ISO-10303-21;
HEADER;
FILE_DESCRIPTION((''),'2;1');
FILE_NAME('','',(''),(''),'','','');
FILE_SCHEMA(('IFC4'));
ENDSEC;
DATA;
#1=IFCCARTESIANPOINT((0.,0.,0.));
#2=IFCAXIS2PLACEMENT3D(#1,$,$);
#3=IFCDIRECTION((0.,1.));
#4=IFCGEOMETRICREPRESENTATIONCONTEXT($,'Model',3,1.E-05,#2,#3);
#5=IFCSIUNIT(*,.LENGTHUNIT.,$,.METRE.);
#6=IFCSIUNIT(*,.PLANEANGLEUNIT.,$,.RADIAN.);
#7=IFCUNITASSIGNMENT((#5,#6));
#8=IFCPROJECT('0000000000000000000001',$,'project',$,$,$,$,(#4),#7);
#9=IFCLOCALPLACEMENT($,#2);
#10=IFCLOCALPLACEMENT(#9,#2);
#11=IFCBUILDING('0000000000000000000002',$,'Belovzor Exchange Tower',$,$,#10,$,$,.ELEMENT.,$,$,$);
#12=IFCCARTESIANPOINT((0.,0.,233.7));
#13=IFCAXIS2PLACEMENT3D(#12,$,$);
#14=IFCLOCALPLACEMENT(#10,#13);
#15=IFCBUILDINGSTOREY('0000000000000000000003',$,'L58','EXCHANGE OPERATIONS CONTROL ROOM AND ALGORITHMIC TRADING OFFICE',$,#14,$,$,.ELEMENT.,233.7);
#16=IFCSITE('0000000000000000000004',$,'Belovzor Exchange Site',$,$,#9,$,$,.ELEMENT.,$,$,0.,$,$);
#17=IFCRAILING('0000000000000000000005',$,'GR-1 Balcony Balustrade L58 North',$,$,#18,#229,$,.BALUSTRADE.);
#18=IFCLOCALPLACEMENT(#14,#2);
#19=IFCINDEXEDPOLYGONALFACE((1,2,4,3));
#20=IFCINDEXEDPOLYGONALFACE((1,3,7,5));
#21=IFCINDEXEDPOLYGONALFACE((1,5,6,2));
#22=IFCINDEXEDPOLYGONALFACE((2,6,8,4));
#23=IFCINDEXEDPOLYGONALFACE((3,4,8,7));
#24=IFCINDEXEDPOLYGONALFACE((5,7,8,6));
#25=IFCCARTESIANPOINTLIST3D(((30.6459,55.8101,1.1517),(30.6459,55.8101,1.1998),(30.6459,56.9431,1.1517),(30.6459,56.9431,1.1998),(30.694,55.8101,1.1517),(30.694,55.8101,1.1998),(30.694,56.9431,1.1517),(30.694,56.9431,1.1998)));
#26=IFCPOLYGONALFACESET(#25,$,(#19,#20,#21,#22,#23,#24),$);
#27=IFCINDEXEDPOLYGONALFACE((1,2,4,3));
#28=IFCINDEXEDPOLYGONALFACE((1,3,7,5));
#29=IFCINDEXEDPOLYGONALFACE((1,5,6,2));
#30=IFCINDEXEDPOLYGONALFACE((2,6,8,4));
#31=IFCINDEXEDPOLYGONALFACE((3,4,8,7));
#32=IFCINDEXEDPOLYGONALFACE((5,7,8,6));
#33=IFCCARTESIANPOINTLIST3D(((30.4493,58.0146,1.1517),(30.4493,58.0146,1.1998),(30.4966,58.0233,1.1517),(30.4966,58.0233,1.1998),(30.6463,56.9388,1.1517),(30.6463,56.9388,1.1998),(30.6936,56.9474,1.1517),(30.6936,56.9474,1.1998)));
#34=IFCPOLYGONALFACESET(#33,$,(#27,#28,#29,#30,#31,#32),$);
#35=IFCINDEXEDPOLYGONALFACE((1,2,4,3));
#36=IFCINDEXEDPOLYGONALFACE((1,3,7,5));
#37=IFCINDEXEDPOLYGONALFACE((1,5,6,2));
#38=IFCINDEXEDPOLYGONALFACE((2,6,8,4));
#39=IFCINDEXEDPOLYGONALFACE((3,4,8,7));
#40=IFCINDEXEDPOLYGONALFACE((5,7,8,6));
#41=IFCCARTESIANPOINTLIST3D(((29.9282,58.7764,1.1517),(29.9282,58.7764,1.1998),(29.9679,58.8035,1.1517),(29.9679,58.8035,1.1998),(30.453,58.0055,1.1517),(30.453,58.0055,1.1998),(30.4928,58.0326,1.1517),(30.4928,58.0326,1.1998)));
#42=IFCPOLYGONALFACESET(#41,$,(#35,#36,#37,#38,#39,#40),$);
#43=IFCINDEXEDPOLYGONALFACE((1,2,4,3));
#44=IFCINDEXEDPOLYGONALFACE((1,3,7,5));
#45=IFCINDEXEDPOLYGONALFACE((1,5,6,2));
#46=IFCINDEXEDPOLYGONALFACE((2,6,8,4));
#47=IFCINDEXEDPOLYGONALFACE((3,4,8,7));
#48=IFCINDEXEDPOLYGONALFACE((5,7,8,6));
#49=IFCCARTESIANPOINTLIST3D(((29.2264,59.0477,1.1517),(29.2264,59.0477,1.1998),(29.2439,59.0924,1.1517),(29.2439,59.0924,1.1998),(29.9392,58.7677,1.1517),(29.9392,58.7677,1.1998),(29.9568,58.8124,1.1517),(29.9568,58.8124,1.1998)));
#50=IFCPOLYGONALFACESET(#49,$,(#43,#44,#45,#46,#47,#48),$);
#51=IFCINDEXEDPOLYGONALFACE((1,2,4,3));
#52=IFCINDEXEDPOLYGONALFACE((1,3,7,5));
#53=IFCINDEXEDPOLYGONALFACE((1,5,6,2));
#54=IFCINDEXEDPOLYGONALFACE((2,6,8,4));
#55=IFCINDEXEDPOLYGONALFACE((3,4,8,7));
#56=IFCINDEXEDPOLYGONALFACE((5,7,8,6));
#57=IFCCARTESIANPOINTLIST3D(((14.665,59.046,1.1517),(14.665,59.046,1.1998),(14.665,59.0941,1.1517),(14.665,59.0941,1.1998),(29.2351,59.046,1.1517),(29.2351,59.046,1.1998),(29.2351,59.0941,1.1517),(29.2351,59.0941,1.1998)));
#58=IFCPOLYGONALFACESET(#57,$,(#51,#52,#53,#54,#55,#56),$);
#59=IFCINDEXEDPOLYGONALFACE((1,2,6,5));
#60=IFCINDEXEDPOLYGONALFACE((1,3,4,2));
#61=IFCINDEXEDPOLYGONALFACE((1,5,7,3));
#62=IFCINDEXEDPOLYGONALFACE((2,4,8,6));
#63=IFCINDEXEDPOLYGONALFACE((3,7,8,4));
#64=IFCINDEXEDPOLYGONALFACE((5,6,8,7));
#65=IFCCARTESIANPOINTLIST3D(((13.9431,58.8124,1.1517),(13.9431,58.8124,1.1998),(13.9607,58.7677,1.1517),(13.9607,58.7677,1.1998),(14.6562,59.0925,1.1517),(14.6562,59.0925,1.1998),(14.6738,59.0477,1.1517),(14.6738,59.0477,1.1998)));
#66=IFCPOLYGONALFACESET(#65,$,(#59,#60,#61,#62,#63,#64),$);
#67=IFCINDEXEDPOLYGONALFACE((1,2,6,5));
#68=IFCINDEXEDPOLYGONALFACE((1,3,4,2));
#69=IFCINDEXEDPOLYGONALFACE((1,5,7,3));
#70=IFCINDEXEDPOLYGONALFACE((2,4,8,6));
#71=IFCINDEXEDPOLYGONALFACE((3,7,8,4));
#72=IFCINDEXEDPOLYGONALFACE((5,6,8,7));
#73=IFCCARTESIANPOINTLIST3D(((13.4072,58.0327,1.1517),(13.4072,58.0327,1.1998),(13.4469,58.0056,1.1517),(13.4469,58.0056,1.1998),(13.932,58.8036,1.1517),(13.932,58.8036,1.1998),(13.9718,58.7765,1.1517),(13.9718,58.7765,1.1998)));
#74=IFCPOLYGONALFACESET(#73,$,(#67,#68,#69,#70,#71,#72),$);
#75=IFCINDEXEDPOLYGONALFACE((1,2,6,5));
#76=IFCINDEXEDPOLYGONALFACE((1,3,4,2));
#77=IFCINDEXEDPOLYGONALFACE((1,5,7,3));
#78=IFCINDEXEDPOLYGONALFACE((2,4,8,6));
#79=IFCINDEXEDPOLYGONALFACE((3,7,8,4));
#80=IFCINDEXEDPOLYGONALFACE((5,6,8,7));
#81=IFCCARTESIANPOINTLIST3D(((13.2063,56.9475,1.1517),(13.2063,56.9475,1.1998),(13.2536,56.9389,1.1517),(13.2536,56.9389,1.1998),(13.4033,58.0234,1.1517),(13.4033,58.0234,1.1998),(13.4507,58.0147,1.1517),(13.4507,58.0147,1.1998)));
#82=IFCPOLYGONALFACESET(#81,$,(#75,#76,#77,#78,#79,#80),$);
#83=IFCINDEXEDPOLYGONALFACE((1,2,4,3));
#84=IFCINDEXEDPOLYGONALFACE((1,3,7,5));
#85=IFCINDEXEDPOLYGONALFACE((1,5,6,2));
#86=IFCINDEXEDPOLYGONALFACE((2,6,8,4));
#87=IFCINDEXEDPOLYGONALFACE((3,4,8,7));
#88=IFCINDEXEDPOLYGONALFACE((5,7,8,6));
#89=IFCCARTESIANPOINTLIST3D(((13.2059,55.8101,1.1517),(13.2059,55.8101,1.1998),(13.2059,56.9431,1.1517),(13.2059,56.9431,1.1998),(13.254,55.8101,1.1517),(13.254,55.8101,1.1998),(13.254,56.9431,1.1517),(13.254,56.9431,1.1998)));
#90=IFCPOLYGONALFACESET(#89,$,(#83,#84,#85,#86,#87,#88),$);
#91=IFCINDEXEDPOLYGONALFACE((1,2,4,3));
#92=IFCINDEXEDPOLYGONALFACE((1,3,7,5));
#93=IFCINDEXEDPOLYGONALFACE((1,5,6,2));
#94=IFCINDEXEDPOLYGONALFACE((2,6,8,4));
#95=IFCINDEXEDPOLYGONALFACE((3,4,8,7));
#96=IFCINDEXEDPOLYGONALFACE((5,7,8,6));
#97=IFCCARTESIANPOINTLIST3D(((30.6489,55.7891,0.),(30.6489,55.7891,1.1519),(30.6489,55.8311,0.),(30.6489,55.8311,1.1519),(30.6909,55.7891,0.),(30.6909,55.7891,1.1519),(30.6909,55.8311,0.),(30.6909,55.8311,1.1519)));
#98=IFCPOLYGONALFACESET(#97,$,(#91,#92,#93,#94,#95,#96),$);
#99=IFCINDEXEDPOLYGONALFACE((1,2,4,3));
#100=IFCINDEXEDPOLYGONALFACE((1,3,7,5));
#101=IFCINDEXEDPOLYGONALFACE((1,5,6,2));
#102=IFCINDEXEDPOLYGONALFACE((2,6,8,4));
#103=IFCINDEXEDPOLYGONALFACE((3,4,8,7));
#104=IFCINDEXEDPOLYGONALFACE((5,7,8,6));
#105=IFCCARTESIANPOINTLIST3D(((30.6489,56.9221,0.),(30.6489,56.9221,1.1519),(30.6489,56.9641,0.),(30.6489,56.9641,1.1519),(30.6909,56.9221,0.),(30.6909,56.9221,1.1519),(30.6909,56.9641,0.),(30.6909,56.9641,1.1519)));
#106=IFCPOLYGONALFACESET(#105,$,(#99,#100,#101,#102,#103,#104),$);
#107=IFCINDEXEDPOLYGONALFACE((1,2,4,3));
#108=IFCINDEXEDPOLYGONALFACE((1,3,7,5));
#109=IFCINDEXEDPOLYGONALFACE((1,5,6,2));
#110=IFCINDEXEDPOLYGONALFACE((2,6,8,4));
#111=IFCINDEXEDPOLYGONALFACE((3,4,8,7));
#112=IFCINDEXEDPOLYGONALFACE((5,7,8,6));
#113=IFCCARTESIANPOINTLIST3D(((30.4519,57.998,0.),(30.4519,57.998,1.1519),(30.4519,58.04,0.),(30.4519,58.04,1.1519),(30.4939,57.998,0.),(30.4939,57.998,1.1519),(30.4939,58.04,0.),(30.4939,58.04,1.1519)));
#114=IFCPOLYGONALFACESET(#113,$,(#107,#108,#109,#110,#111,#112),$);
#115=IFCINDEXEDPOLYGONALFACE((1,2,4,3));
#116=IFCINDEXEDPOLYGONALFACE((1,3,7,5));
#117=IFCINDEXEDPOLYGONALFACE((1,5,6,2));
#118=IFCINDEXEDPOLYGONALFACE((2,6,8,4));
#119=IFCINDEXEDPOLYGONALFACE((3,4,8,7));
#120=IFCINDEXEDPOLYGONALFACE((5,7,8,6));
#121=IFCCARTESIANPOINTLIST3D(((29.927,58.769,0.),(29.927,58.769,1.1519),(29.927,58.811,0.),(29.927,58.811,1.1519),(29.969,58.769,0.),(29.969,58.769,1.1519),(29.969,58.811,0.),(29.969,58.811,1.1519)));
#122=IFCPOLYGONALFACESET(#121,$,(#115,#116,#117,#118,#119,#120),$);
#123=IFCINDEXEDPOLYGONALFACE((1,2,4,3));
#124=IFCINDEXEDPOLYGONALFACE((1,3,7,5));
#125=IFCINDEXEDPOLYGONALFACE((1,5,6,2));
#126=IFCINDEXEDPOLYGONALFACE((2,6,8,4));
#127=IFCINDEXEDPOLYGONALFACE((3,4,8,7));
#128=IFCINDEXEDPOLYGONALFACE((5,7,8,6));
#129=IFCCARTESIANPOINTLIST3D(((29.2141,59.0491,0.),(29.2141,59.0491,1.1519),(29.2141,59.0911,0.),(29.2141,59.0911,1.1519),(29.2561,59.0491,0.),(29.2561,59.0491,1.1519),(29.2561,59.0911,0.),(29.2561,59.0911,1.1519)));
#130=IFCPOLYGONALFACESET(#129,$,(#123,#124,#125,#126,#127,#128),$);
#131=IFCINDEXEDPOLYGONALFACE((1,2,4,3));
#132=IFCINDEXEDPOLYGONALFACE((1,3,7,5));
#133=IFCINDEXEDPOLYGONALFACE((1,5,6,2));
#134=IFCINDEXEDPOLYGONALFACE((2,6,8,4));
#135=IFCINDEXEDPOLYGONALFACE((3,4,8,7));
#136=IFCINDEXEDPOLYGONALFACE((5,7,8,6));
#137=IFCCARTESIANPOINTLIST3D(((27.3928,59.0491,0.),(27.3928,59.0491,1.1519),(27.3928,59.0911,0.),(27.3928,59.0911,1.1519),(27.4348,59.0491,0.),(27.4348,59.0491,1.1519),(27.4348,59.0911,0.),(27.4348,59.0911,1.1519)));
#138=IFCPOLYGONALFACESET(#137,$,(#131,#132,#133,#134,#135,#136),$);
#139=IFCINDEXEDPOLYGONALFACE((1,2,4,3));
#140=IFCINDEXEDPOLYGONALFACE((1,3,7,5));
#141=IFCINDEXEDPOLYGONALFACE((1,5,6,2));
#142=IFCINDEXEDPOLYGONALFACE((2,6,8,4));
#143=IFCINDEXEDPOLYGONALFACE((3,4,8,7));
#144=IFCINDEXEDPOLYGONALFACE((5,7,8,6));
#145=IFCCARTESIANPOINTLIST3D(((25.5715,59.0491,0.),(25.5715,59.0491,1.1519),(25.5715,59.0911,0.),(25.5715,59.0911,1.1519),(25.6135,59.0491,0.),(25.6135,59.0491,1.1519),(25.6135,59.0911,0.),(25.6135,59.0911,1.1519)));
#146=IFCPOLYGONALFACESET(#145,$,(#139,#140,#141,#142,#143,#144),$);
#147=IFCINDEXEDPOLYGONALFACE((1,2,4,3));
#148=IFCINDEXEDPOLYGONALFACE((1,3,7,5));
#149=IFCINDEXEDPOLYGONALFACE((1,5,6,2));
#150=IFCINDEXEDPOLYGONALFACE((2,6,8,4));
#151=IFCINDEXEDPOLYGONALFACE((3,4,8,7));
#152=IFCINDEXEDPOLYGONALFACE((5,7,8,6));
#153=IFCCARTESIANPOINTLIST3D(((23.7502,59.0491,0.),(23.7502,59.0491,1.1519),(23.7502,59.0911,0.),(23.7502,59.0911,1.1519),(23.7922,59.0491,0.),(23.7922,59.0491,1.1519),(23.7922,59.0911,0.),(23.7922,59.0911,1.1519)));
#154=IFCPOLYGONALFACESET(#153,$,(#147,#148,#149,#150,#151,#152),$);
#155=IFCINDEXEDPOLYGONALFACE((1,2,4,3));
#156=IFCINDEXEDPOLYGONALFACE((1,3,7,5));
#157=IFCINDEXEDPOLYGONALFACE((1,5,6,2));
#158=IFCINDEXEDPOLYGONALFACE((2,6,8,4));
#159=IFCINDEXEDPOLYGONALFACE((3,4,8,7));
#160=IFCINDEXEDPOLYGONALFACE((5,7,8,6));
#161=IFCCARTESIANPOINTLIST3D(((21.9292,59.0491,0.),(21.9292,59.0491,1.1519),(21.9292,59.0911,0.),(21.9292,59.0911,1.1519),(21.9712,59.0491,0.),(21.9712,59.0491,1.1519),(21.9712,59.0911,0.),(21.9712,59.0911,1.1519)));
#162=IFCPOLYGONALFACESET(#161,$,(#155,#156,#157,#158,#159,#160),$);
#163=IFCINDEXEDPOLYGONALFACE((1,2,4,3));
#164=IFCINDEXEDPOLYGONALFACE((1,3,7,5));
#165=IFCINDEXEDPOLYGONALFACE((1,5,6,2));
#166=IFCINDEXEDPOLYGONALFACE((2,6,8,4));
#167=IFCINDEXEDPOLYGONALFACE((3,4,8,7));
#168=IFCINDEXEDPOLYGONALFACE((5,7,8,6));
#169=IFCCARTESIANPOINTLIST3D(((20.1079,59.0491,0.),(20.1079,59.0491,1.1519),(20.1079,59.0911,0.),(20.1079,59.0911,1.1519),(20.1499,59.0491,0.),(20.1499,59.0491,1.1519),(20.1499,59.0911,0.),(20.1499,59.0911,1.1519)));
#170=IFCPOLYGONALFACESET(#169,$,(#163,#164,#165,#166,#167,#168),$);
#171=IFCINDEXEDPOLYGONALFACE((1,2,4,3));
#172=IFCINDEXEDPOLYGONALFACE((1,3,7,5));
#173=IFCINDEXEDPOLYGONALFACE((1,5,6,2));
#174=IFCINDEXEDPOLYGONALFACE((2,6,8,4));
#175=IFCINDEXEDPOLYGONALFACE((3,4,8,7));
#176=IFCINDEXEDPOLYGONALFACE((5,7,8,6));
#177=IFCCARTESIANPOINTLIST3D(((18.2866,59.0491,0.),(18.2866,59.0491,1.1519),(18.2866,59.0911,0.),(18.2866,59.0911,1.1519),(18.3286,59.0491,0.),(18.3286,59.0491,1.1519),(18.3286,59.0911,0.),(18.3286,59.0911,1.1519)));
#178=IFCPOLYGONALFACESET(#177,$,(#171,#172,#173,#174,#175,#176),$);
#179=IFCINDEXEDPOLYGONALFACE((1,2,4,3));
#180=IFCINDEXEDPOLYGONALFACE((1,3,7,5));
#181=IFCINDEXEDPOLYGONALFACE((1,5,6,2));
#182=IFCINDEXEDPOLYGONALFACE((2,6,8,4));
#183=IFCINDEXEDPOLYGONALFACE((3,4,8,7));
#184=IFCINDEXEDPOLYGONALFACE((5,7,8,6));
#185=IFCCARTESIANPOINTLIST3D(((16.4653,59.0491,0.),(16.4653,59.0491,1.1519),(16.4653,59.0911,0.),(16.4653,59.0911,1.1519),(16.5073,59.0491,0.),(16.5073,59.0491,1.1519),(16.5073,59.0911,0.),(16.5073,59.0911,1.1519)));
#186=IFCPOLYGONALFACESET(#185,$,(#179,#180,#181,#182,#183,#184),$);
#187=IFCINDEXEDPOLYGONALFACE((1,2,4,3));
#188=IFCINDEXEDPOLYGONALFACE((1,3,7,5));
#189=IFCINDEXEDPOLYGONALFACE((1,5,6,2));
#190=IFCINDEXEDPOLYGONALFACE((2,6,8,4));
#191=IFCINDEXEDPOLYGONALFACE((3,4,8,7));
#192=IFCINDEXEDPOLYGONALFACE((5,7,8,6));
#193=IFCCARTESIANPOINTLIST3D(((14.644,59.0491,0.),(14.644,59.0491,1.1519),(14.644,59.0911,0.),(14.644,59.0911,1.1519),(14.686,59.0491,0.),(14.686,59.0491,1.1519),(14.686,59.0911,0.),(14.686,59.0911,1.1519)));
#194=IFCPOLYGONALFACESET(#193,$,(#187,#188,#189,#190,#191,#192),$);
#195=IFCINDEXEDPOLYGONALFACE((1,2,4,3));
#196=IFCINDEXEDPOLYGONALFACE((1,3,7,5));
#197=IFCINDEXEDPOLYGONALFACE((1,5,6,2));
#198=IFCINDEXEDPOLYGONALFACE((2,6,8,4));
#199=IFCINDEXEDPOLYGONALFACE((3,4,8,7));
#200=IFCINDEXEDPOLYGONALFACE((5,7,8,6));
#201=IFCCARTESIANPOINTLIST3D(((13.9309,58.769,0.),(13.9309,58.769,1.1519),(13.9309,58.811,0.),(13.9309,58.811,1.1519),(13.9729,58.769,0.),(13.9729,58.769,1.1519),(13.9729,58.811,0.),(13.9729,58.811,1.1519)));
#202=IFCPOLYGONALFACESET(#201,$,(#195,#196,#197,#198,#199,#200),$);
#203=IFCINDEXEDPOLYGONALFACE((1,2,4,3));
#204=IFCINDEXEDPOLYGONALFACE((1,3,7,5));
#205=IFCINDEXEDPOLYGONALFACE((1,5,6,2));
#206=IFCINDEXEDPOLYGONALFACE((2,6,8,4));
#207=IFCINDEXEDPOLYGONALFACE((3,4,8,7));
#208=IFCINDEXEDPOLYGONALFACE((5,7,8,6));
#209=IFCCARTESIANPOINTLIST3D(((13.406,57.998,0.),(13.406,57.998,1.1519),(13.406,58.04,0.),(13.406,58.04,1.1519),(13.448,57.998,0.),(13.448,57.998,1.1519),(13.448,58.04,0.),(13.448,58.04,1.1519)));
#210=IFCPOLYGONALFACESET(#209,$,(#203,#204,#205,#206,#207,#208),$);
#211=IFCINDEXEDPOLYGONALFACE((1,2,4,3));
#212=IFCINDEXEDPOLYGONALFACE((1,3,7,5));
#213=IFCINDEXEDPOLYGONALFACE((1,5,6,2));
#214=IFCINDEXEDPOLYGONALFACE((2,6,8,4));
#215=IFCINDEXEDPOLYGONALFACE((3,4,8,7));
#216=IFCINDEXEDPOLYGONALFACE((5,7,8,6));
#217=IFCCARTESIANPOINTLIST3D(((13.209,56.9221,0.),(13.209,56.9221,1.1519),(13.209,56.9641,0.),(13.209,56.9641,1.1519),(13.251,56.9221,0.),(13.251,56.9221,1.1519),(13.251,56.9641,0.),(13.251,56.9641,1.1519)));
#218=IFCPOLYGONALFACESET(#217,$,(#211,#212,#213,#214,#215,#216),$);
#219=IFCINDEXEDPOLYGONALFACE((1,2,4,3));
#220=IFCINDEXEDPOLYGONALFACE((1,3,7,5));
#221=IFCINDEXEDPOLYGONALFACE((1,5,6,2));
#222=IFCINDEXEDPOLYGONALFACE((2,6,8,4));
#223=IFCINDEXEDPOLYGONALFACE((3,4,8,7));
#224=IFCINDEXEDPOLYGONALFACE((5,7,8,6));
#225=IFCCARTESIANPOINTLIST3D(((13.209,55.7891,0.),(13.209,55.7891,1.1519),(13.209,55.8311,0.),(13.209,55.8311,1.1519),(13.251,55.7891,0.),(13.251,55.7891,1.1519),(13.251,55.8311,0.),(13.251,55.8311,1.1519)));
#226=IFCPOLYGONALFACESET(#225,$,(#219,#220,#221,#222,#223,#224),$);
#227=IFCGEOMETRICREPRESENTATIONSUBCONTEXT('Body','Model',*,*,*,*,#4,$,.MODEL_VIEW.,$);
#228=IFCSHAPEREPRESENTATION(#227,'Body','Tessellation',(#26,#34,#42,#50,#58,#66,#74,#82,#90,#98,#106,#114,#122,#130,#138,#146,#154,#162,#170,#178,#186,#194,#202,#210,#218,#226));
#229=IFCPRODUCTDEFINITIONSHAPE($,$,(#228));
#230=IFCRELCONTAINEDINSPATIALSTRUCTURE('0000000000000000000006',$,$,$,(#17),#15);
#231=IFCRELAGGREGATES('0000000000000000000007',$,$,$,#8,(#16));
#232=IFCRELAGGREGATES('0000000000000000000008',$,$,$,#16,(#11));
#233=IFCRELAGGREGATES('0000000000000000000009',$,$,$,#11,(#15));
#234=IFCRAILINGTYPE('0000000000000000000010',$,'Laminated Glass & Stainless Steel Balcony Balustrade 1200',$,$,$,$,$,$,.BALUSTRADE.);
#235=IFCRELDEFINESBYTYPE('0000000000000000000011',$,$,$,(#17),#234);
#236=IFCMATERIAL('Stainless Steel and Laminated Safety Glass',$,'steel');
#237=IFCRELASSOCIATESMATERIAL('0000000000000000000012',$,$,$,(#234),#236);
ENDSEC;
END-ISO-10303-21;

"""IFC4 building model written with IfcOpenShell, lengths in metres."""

from ifc_helpers import new_model, si_unit, direction, frame, origin, origin_2d, place, context, subcontext, project, spatial, rectangle, extrude, material, type_object, element, save


model = new_model("IFC4")

# Units and contexts
model_context = context("Model", 3, precision=1e-05, world=origin(), true_north=direction((0.0, 1.0)))
body_context = subcontext(model_context, "Body", "Model", "MODEL_VIEW")
ifc_project = project(units=[si_unit("LENGTHUNIT", "METRE"), si_unit("PLANEANGLEUNIT", "RADIAN")], contexts=[model_context])

# Site, building, storey
site_placement = place(None, origin())
site = spatial("IfcSite", under=ifc_project, at=site_placement, Name="Belovzor Exchange Site", CompositionType="ELEMENT", RefElevation=0.0)
building_placement = place(site_placement, origin())
building = spatial("IfcBuilding", under=site, at=building_placement, Name="Belovzor Exchange Tower", CompositionType="ELEMENT")
storey_placement = place(building_placement, frame((0.0, 0.0, 233.7)))
storey = spatial("IfcBuildingStorey", under=building, at=storey_placement, Name="L58", Description="EXCHANGE OPERATIONS CONTROL ROOM AND ALGORITHMIC TRADING OFFICE", CompositionType="ELEMENT", Elevation=233.7)

# Railing
ifc_material_1 = material(Name="Stainless Steel and Laminated Safety Glass", Category="steel")
railing_type = type_object("IfcRailingType", Name="Laminated Glass & Stainless Steel Balcony Balustrade 1200", PredefinedType="BALUSTRADE", material=ifc_material_1)
railing_placement = place(storey_placement, frame((30.6699, 55.8101, 0.0)))
element("IfcRailing", 1, at=railing_placement, inside=storey, type_object=railing_type, Name="GR-1 Balcony Balustrade L58 North", PredefinedType="BALUSTRADE", context=body_context, shape_type="SweptSolid", body=[
    extrude(rectangle(XDim=0.0481, YDim=0.0481, at=origin_2d()), frame((0.0, 0.0, 1.1758), z_axis=(0.0, 1.0, 0.0), x_axis=(-1.0, 0.0, 0.0)), (0.0, 0.0, 1.0), 1.1331),
    extrude(rectangle(XDim=0.0481, YDim=0.0481, at=origin_2d()), frame((0.0, 1.1331, 1.1758), z_axis=(-0.180123, 0.983644, 0.0), x_axis=(-0.983644, -0.180123, 0.0)), (0.0, 0.0, 1.0), 1.0938),
    extrude(rectangle(XDim=0.0481, YDim=0.0481, at=origin_2d()), frame((-0.197, 2.209, 1.1758), z_axis=(-0.562768, 0.826615, 0.0), x_axis=(-0.826615, -0.562768, 0.0)), (0.0, 0.0, 1.0), 0.9326),
    extrude(rectangle(XDim=0.0481, YDim=0.0481, at=origin_2d()), frame((-0.7219, 2.98, 1.1758), z_axis=(-0.930767, 0.365613, 0.0), x_axis=(-0.365613, -0.930767, 0.0)), (0.0, 0.0, 1.0), 0.7659),
    extrude(rectangle(XDim=0.0481, YDim=0.0481, at=origin_2d()), frame((-1.4348, 3.26, 1.1758), z_axis=(-1.0, 0.0, 0.0), x_axis=(0.0, -1.0, 0.0)), (0.0, 0.0, 1.0), 14.5701),
    extrude(rectangle(XDim=0.0481, YDim=0.0481, at=origin_2d()), frame((-16.0049, 3.26, 1.1758), z_axis=(-0.93081, -0.365504, 0.0), x_axis=(0.365504, -0.93081, 0.0)), (0.0, 0.0, 1.0), 0.7661),
    extrude(rectangle(XDim=0.0481, YDim=0.0481, at=origin_2d()), frame((-16.718, 2.98, 1.1758), z_axis=(-0.562768, -0.826615, 0.0), x_axis=(0.826615, -0.562768, 0.0)), (0.0, 0.0, 1.0), 0.9326),
    extrude(rectangle(XDim=0.0481, YDim=0.0481, at=origin_2d()), frame((-17.2429, 2.209, 1.1758), z_axis=(-0.180123, -0.983644, 0.0), x_axis=(0.983644, -0.180123, 0.0)), (0.0, 0.0, 1.0), 1.0938),
    extrude(rectangle(XDim=0.0481, YDim=0.0481, at=origin_2d()), frame((-17.4399, 1.1331, 1.1758), z_axis=(0.0, -1.0, 0.0), x_axis=(1.0, 0.0, 0.0)), (0.0, 0.0, 1.0), 1.1331),
    extrude(rectangle(XDim=0.042, YDim=0.042, at=origin_2d()), origin(), (0.0, 0.0, 1.0), 1.1519),
    extrude(rectangle(XDim=0.042, YDim=0.042, at=origin_2d()), frame((0.0, 1.1331, 0.0)), (0.0, 0.0, 1.0), 1.1519),
    extrude(rectangle(XDim=0.042, YDim=0.042, at=origin_2d()), frame((-0.197, 2.209, 0.0)), (0.0, 0.0, 1.0), 1.1519),
    extrude(rectangle(XDim=0.042, YDim=0.042, at=origin_2d()), frame((-0.7219, 2.98, 0.0)), (0.0, 0.0, 1.0), 1.1519),
    extrude(rectangle(XDim=0.042, YDim=0.042, at=origin_2d()), frame((-1.4348, 3.26, 0.0)), (0.0, 0.0, 1.0), 1.1519),
    extrude(rectangle(XDim=0.042, YDim=0.042, at=origin_2d()), frame((-3.2561, 3.26, 0.0)), (0.0, 0.0, 1.0), 1.1519),
    extrude(rectangle(XDim=0.042, YDim=0.042, at=origin_2d()), frame((-5.0774, 3.26, 0.0)), (0.0, 0.0, 1.0), 1.1519),
    extrude(rectangle(XDim=0.042, YDim=0.042, at=origin_2d()), frame((-6.8987, 3.26, 0.0)), (0.0, 0.0, 1.0), 1.1519),
    extrude(rectangle(XDim=0.042, YDim=0.042, at=origin_2d()), frame((-8.7197, 3.26, 0.0)), (0.0, 0.0, 1.0), 1.1519),
    extrude(rectangle(XDim=0.042, YDim=0.042, at=origin_2d()), frame((-10.541, 3.26, 0.0)), (0.0, 0.0, 1.0), 1.1519),
    extrude(rectangle(XDim=0.042, YDim=0.042, at=origin_2d()), frame((-12.3623, 3.26, 0.0)), (0.0, 0.0, 1.0), 1.1519),
    extrude(rectangle(XDim=0.042, YDim=0.042, at=origin_2d()), frame((-14.1836, 3.26, 0.0)), (0.0, 0.0, 1.0), 1.1519),
    extrude(rectangle(XDim=0.042, YDim=0.042, at=origin_2d()), frame((-16.0049, 3.26, 0.0)), (0.0, 0.0, 1.0), 1.1519),
    extrude(rectangle(XDim=0.042, YDim=0.042, at=origin_2d()), frame((-16.718, 2.98, 0.0)), (0.0, 0.0, 1.0), 1.1519),
    extrude(rectangle(XDim=0.042, YDim=0.042, at=origin_2d()), frame((-17.2429, 2.209, 0.0)), (0.0, 0.0, 1.0), 1.1519),
    extrude(rectangle(XDim=0.042, YDim=0.042, at=origin_2d()), frame((-17.4399, 1.1331, 0.0)), (0.0, 0.0, 1.0), 1.1519),
    extrude(rectangle(XDim=0.042, YDim=0.042, at=origin_2d()), frame((-17.4399, 0.0, 0.0)), (0.0, 0.0, 1.0), 1.1519),
])

save(model, "model.ifc")
